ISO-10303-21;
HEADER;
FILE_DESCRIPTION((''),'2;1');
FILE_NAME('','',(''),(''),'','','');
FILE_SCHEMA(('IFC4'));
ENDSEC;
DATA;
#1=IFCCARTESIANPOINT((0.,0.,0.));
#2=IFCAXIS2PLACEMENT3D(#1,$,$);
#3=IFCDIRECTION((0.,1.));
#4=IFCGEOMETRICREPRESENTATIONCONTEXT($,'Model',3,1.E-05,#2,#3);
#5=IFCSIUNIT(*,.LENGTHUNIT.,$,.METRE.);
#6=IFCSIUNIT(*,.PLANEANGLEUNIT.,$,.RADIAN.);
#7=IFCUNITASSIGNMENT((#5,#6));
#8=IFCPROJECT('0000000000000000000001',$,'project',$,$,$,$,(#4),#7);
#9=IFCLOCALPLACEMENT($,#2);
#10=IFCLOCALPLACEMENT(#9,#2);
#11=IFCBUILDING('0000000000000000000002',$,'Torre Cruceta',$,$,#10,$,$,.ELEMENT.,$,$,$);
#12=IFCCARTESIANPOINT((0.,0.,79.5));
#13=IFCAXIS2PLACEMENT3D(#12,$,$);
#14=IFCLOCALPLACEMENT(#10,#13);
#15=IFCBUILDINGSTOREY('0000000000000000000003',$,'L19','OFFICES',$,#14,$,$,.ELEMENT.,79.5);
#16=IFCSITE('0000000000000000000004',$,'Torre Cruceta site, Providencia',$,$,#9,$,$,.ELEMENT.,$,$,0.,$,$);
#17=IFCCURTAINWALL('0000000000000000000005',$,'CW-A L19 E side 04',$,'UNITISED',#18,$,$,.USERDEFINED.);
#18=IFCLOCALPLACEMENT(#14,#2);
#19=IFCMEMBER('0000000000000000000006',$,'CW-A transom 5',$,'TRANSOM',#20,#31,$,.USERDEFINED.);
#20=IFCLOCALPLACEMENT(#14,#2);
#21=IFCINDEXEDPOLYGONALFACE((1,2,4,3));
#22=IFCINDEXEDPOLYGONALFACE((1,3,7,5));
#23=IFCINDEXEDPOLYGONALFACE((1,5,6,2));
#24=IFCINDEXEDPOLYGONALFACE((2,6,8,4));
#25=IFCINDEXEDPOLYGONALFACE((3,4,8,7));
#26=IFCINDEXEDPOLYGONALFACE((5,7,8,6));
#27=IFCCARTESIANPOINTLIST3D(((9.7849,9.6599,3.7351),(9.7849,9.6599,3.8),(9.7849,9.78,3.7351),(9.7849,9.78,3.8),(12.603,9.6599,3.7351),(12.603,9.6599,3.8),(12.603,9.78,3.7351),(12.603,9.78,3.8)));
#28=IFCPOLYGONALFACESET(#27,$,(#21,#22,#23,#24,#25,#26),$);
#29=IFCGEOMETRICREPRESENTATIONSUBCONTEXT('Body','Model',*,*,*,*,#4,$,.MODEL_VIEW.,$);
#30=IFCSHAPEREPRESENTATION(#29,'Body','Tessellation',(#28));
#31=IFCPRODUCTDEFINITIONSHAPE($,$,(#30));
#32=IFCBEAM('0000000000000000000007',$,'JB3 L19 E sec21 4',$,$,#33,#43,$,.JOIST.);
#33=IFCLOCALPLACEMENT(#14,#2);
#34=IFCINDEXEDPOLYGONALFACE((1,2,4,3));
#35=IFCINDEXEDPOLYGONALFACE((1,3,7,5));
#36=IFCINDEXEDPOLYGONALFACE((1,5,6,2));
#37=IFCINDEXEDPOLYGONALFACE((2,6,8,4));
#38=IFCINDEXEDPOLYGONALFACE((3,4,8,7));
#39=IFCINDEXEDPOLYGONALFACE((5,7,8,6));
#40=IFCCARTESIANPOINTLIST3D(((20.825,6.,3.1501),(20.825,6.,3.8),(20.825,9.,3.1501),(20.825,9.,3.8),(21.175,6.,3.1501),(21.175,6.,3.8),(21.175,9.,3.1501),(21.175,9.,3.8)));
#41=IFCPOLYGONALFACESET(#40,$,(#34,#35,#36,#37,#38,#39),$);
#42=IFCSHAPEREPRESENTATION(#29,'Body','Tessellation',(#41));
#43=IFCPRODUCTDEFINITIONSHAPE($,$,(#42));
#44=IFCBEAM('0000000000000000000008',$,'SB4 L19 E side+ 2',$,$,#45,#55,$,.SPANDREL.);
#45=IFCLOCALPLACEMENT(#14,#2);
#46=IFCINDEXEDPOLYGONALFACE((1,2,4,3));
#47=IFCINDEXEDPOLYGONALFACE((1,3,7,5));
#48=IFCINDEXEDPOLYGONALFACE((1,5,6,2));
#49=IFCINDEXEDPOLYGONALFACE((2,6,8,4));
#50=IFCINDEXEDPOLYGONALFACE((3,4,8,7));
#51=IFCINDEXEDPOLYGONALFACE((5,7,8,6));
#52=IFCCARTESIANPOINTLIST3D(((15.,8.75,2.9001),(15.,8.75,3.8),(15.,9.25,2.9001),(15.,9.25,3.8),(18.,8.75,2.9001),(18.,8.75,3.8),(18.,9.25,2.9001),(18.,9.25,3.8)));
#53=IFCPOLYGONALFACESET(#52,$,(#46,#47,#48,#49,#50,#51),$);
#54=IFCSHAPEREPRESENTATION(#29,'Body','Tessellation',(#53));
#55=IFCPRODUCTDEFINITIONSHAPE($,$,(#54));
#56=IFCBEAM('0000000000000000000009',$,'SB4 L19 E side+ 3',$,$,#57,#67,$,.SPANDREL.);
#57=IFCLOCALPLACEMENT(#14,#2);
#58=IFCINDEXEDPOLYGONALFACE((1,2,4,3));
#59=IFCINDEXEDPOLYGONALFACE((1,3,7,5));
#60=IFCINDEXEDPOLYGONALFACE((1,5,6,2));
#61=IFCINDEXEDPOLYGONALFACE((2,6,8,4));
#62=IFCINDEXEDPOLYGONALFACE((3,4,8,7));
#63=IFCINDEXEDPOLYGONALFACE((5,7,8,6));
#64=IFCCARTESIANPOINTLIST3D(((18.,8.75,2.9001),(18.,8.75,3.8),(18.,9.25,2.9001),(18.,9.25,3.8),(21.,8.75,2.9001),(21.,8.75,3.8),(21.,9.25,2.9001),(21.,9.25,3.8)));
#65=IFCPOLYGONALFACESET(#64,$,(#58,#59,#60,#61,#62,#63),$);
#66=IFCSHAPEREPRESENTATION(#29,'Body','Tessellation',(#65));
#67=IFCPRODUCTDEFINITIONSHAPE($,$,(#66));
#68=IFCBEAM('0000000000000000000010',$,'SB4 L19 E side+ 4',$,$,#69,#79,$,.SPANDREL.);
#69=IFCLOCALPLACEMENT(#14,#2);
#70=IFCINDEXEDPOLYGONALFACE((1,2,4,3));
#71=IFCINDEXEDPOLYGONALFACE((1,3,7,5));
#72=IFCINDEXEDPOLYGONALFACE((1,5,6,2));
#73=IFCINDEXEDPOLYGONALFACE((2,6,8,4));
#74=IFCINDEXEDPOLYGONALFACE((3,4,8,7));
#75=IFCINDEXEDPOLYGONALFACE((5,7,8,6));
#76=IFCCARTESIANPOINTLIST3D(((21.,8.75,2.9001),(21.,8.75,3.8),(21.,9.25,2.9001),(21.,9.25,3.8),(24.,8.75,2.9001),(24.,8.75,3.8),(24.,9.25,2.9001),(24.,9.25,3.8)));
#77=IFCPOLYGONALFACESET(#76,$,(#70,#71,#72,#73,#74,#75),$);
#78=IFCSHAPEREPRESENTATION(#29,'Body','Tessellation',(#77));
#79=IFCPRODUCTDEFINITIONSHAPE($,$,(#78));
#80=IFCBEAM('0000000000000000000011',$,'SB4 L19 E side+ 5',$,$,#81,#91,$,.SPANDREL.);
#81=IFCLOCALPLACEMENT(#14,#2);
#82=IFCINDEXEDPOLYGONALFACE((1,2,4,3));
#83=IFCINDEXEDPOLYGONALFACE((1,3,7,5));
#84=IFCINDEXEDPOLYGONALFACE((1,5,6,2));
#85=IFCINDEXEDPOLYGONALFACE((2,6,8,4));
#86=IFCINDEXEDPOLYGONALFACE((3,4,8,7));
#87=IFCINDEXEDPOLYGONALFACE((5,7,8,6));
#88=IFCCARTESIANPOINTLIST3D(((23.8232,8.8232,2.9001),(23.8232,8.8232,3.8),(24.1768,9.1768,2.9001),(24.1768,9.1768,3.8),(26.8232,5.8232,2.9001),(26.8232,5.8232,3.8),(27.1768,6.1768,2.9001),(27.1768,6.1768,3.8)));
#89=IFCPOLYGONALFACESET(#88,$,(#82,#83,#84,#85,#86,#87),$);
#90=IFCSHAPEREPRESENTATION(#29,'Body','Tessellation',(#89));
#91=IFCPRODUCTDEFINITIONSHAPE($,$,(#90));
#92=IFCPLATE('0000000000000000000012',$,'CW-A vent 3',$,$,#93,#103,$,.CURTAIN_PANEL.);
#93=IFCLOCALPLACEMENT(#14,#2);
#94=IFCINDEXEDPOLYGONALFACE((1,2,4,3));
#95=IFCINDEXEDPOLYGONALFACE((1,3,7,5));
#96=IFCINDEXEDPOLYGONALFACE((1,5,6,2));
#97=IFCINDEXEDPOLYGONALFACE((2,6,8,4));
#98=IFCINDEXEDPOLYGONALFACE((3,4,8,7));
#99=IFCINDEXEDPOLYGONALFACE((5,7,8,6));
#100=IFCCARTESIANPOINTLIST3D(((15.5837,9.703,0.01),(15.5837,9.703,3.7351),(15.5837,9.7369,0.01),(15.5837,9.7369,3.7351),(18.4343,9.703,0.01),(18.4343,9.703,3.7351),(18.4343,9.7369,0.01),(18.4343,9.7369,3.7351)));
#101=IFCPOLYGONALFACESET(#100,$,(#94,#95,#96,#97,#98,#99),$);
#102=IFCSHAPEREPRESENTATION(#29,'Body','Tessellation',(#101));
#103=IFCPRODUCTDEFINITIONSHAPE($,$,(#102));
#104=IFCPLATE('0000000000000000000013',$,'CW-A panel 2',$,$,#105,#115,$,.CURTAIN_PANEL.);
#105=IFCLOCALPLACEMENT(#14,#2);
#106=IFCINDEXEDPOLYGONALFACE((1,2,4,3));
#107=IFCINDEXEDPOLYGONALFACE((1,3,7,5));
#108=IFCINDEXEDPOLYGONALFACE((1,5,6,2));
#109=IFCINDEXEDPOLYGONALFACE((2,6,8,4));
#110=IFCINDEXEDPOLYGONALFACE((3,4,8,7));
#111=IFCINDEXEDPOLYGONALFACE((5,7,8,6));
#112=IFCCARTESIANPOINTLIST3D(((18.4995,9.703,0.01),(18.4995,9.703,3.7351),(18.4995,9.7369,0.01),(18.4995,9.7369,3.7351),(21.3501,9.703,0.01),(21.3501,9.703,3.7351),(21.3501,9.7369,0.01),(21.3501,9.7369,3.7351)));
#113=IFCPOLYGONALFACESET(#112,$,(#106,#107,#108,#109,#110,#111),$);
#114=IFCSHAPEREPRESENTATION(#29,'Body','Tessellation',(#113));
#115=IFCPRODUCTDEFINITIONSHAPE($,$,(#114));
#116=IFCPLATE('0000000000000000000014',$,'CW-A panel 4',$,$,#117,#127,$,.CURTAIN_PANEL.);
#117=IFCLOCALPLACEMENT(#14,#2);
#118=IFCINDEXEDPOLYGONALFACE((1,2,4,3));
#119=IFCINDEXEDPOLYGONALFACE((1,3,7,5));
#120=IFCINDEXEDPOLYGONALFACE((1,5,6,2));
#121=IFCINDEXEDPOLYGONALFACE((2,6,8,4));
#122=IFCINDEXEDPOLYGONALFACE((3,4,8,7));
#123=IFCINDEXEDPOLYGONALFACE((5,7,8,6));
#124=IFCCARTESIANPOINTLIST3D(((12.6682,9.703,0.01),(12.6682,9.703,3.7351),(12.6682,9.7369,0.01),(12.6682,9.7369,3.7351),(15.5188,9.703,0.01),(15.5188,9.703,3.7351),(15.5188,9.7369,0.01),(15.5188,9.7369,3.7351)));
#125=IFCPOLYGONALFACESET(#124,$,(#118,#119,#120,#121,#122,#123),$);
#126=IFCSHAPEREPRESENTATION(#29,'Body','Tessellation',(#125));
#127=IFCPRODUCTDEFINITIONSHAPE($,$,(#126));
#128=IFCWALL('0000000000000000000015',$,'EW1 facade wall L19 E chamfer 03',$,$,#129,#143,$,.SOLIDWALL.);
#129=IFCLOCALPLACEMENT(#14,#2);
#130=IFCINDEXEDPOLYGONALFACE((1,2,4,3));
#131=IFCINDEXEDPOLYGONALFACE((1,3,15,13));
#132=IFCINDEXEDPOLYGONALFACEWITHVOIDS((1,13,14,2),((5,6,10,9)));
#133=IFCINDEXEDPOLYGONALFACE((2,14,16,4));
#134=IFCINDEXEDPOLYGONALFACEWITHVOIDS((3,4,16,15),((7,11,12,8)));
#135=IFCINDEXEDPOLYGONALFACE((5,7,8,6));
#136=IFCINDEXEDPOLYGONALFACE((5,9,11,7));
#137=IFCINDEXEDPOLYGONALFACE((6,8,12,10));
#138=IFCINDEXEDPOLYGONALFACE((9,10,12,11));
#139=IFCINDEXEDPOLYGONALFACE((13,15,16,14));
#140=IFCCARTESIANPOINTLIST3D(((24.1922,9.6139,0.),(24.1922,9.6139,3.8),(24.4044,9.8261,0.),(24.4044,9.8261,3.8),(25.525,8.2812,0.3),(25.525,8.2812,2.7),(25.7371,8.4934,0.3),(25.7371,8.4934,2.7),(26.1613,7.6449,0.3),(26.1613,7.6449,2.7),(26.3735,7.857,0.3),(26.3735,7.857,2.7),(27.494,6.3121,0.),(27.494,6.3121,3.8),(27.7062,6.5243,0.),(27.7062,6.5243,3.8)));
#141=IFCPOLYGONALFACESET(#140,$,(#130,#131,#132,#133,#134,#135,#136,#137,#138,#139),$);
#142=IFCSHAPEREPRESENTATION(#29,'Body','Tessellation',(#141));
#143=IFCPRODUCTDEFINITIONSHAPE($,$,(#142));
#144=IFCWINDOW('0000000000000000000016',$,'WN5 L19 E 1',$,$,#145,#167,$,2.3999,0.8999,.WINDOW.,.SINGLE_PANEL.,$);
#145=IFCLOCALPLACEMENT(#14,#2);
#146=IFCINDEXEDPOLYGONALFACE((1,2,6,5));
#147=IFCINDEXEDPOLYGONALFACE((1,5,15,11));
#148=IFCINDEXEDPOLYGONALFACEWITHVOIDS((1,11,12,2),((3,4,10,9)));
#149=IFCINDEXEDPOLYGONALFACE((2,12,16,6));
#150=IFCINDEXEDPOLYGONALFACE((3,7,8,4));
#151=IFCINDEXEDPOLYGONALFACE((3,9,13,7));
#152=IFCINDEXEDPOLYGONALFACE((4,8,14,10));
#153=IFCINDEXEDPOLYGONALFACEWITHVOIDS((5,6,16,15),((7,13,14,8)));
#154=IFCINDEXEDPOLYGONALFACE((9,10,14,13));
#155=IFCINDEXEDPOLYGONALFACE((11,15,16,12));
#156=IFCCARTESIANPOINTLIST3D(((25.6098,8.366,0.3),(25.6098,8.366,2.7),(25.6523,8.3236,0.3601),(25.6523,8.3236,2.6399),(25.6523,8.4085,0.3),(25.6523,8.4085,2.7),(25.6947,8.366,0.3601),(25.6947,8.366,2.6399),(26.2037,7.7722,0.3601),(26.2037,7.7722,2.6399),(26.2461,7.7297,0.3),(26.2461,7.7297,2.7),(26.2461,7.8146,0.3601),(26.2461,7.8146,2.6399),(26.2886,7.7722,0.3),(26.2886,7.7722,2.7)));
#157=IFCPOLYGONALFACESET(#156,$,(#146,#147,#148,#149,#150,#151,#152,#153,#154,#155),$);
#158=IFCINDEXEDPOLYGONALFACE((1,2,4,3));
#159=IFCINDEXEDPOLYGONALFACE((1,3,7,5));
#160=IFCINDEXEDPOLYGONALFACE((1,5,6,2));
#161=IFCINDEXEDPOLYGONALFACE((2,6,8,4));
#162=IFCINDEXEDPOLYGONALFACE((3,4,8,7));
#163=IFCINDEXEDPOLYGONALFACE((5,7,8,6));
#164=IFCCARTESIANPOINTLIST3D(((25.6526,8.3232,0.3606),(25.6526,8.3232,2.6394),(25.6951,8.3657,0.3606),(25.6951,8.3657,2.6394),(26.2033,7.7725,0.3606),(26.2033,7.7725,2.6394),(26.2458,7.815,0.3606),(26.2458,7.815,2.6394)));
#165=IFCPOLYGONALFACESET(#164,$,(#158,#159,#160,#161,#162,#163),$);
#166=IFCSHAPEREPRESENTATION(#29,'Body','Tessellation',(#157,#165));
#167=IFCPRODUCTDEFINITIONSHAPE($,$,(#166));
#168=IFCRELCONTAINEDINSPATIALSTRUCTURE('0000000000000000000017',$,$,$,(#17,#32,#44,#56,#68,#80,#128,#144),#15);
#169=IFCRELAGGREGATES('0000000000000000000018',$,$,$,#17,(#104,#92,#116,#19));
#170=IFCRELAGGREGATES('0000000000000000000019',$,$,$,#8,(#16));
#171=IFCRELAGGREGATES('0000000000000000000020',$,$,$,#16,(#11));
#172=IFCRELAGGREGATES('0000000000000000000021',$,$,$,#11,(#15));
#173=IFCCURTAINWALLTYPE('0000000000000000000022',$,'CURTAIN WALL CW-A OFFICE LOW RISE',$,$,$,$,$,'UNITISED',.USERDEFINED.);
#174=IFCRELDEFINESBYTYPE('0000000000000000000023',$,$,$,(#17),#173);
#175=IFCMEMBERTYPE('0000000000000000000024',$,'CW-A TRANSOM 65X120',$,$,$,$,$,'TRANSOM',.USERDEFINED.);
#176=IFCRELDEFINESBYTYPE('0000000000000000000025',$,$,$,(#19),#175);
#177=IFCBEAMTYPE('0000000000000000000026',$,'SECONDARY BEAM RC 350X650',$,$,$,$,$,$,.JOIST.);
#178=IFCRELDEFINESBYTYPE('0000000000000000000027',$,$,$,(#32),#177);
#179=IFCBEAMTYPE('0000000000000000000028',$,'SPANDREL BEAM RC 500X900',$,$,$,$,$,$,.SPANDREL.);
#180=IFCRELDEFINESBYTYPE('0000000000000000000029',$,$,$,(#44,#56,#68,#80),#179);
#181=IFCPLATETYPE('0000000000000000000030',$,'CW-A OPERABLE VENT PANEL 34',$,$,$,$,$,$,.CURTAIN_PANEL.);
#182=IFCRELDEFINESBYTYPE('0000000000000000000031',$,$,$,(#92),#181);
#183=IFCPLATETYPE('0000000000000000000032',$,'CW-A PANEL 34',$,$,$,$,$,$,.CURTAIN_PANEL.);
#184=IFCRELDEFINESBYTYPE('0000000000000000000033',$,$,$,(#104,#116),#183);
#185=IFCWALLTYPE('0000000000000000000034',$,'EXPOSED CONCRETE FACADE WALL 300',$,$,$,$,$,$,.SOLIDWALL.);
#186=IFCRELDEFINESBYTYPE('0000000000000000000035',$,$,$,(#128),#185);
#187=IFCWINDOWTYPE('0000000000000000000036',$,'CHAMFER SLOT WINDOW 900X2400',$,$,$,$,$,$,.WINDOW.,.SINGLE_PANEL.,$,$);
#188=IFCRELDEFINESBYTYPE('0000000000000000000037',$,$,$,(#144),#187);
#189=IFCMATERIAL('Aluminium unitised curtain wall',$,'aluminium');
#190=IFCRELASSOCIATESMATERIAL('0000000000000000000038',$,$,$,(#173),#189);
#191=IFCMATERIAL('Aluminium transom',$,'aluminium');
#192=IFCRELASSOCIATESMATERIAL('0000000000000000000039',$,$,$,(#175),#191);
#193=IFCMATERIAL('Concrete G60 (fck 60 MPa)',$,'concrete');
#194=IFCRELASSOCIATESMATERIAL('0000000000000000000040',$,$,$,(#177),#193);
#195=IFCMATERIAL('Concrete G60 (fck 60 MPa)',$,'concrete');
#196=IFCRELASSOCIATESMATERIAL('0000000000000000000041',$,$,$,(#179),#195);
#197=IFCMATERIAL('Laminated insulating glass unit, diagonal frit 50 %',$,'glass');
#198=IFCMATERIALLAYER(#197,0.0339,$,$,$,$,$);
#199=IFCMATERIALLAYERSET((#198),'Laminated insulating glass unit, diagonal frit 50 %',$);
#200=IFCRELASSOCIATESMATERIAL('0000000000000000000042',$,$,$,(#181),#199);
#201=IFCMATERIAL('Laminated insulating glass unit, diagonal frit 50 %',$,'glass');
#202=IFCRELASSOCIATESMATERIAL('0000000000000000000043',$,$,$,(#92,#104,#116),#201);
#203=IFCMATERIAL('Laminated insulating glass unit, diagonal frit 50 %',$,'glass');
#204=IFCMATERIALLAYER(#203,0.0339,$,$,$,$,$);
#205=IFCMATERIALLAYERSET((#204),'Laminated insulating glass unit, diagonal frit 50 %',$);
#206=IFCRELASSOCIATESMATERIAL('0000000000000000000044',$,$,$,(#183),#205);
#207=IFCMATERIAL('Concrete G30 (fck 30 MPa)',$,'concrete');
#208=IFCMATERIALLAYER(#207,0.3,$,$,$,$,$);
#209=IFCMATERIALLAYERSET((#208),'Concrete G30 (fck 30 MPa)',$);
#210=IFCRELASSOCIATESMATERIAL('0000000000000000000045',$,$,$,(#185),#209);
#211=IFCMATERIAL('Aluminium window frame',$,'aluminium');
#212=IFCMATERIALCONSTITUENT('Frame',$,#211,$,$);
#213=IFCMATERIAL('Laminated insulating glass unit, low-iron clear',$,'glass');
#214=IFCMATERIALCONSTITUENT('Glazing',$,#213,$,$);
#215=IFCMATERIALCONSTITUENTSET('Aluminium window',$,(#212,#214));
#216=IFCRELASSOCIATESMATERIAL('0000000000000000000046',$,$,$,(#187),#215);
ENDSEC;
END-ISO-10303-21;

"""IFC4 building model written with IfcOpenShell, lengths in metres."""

from ifc_helpers import new_model, si_unit, direction, frame, frame_2d, origin, origin_2d, place, context, subcontext, project, spatial, rectangle, hollow_rectangle, extrude, material, layer, layer_set, constituent, constituent_set, material_profile, profile_set, type_object, element, fill, aggregate, save


model = new_model("IFC4")

# Units and contexts
model_context = context("Model", 3, precision=1e-05, world=origin(), true_north=direction((0.0, 1.0)))
body_context = subcontext(model_context, "Body", "Model", "MODEL_VIEW")
ifc_project = project(units=[si_unit("LENGTHUNIT", "METRE"), si_unit("PLANEANGLEUNIT", "RADIAN")], contexts=[model_context])

# Site, building, storey
site_placement = place(None, origin())
site = spatial("IfcSite", under=ifc_project, at=site_placement, Name="Torre Cruceta site, Providencia", CompositionType="ELEMENT", RefElevation=0.0)
building_placement = place(site_placement, origin())
building = spatial("IfcBuilding", under=site, at=building_placement, Name="Torre Cruceta", CompositionType="ELEMENT")
storey_placement = place(building_placement, frame((0.0, 0.0, 79.5)))
storey = spatial("IfcBuildingStorey", under=building, at=storey_placement, Name="L19", Description="OFFICES", CompositionType="ELEMENT", Elevation=79.5)

# Curtain wall, member
ifc_material_1 = material(Name="Aluminium unitised curtain wall", Category="aluminium")
curtain_wall_type = type_object("IfcCurtainWallType", Name="CURTAIN WALL CW-A OFFICE LOW RISE", ElementType="UNITISED", PredefinedType="USERDEFINED", material=ifc_material_1)
curtain_wall_placement = place(storey_placement, origin())
curtain_wall = element("IfcCurtainWall", 1, at=curtain_wall_placement, inside=storey, type_object=curtain_wall_type, Name="CW-A L19 E side 04", ObjectType="UNITISED", PredefinedType="USERDEFINED")
ifc_material_2 = material(Name="Aluminium transom", Category="aluminium")
ifc_material_profile_1 = material_profile(ifc_material_2, rectangle(XDim=0.1201, YDim=0.0649, at=origin_2d()), Name="AL 120X65")
ifc_profile_set_1 = profile_set([ifc_material_profile_1], Name="Aluminium transom")
member_type_1 = type_object("IfcMemberType", Name="CW-A TRANSOM 65X120", ElementType="TRANSOM", PredefinedType="USERDEFINED", material=ifc_profile_set_1)
member_1_placement = place(storey_placement, frame((12.603, 9.72, 3.7676), z_axis=(-1.0, 0.0, 0.0), x_axis=(0.0, -1.0, 0.0)))
member_1 = element("IfcMember", 2, at=member_1_placement, type_object=member_type_1, Name="CW-A transom 5", ObjectType="TRANSOM", PredefinedType="USERDEFINED", context=body_context, shape_type="SweptSolid", body=[
    extrude(rectangle(XDim=0.1201, YDim=0.0649, at=origin_2d()), origin(), (0.0, 0.0, 1.0), 2.8181),
])

# Beams
ifc_material_3 = material(Name="Concrete G60 (fck 60 MPa)", Category="concrete")
ifc_material_profile_2 = material_profile(ifc_material_3, rectangle(XDim=0.3501, YDim=0.6499, at=origin_2d()), Name="RC 350X650")
ifc_profile_set_2 = profile_set([ifc_material_profile_2], Name="Concrete G60 (fck 60 MPa)")
beam_type_1 = type_object("IfcBeamType", Name="SECONDARY BEAM RC 350X650", PredefinedType="JOIST", material=ifc_profile_set_2)
beam_1_placement = place(storey_placement, frame((21.0, 6.0, 3.4751), z_axis=(0.0, 1.0, 0.0), x_axis=(-1.0, 0.0, 0.0)))
element("IfcBeam", 3, at=beam_1_placement, inside=storey, type_object=beam_type_1, Name="JB3 L19 E sec21 4", PredefinedType="JOIST", context=body_context, shape_type="SweptSolid", body=[
    extrude(rectangle(XDim=0.3501, YDim=0.6499, at=origin_2d()), origin(), (0.0, 0.0, 1.0), 3.0),
])
ifc_material_4 = material(Name="Concrete G60 (fck 60 MPa)", Category="concrete")
ifc_material_profile_3 = material_profile(ifc_material_4, rectangle(XDim=0.5, YDim=0.8999, at=origin_2d()), Name="RC 500X900")
ifc_profile_set_3 = profile_set([ifc_material_profile_3], Name="Concrete G60 (fck 60 MPa)")
beam_type_2 = type_object("IfcBeamType", Name="SPANDREL BEAM RC 500X900", PredefinedType="SPANDREL", material=ifc_profile_set_3)
for number, where, z_axis, x_axis, name in (
    (4, (15.0, 9.0, 3.3501), (1.0, 0.0, 0.0), (0.0, 1.0, 0.0), "SB4 L19 E side+ 2"),
    (5, (18.0, 9.0, 3.3501), (1.0, 0.0, 0.0), (0.0, 1.0, 0.0), "SB4 L19 E side+ 3"),
    (6, (21.0, 9.0, 3.3501), (1.0, 0.0, 0.0), (0.0, 1.0, 0.0), "SB4 L19 E side+ 4"),
):
    element("IfcBeam", number, at=place(storey_placement, frame(where, z_axis=z_axis, x_axis=x_axis)), inside=storey, type_object=beam_type_2, Name=name, PredefinedType="SPANDREL", context=body_context, shape_type="SweptSolid", body=[
        extrude(rectangle(XDim=0.5, YDim=0.8999, at=origin_2d()), origin(), (0.0, 0.0, 1.0), 3.0),
    ])
beam_2_placement = place(storey_placement, frame((24.0, 9.0, 3.3501), z_axis=(0.707107, -0.707107, 0.0), x_axis=(0.707107, 0.707107, 0.0)))
element("IfcBeam", 7, at=beam_2_placement, inside=storey, type_object=beam_type_2, Name="SB4 L19 E side+ 5", PredefinedType="SPANDREL", context=body_context, shape_type="SweptSolid", body=[
    extrude(rectangle(XDim=0.5, YDim=0.8999, at=origin_2d()), origin(), (0.0, 0.0, 1.0), 4.2427),
])

# Plates
ifc_material_5 = material(Name="Laminated insulating glass unit, diagonal frit 50 %", Category="glass")
ifc_material_6 = material(Name="Laminated insulating glass unit, diagonal frit 50 %", Category="glass")
ifc_layer_1 = layer(ifc_material_6, 0.0339)
ifc_layer_set_1 = layer_set([ifc_layer_1], Name="Laminated insulating glass unit, diagonal frit 50 %")
plate_type_1 = type_object("IfcPlateType", Name="CW-A OPERABLE VENT PANEL 34", PredefinedType="CURTAIN_PANEL", material=ifc_layer_set_1)
plate_1_placement = place(storey_placement, frame((17.009, 9.72, 0.01), z_axis=(0.0, 0.0, 1.0), x_axis=(-1.0, 0.0, 0.0)))
plate_1 = element("IfcPlate", 8, at=plate_1_placement, type_object=plate_type_1, material=ifc_material_5, Name="CW-A vent 3", PredefinedType="CURTAIN_PANEL", context=body_context, shape_type="SweptSolid", body=[
    extrude(rectangle(XDim=2.8506, YDim=0.0339, at=origin_2d()), origin(), (0.0, 0.0, 1.0), 3.7251),
])
ifc_material_7 = material(Name="Laminated insulating glass unit, diagonal frit 50 %", Category="glass")
ifc_layer_2 = layer(ifc_material_7, 0.0339)
ifc_layer_set_2 = layer_set([ifc_layer_2], Name="Laminated insulating glass unit, diagonal frit 50 %")
plate_type_2 = type_object("IfcPlateType", Name="CW-A PANEL 34", PredefinedType="CURTAIN_PANEL", material=ifc_layer_set_2)
plate_2_placement = place(storey_placement, frame((19.9248, 9.72, 0.01), z_axis=(0.0, 0.0, 1.0), x_axis=(-1.0, 0.0, 0.0)))
plate_2 = element("IfcPlate", 9, at=plate_2_placement, type_object=plate_type_2, material=ifc_material_5, Name="CW-A panel 2", PredefinedType="CURTAIN_PANEL", context=body_context, shape_type="SweptSolid", body=[
    extrude(rectangle(XDim=2.8506, YDim=0.0339, at=origin_2d()), origin(), (0.0, 0.0, 1.0), 3.7251),
])
plate_3_placement = place(storey_placement, frame((14.0935, 9.72, 0.01), z_axis=(0.0, 0.0, 1.0), x_axis=(-1.0, 0.0, 0.0)))
plate_3 = element("IfcPlate", 10, at=plate_3_placement, type_object=plate_type_2, material=ifc_material_5, Name="CW-A panel 4", PredefinedType="CURTAIN_PANEL", context=body_context, shape_type="SweptSolid", body=[
    extrude(rectangle(XDim=2.8506, YDim=0.0339, at=origin_2d()), origin(), (0.0, 0.0, 1.0), 3.7251),
])
aggregate(curtain_wall, [plate_2, plate_1, plate_3, member_1])

# Wall, opening, window
ifc_material_8 = material(Name="Concrete G30 (fck 30 MPa)", Category="concrete")
ifc_layer_3 = layer(ifc_material_8, 0.3)
ifc_layer_set_3 = layer_set([ifc_layer_3], Name="Concrete G30 (fck 30 MPa)")
wall_type_1 = type_object("IfcWallType", Name="EXPOSED CONCRETE FACADE WALL 300", PredefinedType="SOLIDWALL", material=ifc_layer_set_3)
wall_1_placement = place(storey_placement, frame((27.6001, 6.4182, 0.0), z_axis=(0.0, 0.0, 1.0), x_axis=(-0.707107, 0.707107, 0.0)))
wall_1 = element("IfcWall", 11, at=wall_1_placement, inside=storey, type_object=wall_type_1, Name="EW1 facade wall L19 E chamfer 03", PredefinedType="SOLIDWALL", context=body_context, shape_type="SweptSolid", body=[
    extrude(rectangle(XDim=4.6694, YDim=0.3, at=frame_2d((2.3347, 0.0))), origin(), (0.0, 0.0, 1.0), 3.8),
])
opening_1_placement = place(wall_1_placement, frame((1.8848, 0.0, 0.3)))
opening_1 = element("IfcOpeningElement", 12, at=opening_1_placement, cuts=wall_1, PredefinedType="OPENING", context=body_context, shape_type="SweptSolid", body=[
    extrude(rectangle(XDim=0.8999, YDim=2.3999, at=frame_2d((0.45, 1.2))), frame((0.0, 0.1599, 0.0), z_axis=(0.0, -1.0, 0.0), x_axis=(1.0, 0.0, 0.0)), (0.0, 0.0, 1.0), 0.3201),
])
ifc_material_9 = material(Name="Aluminium window frame", Category="aluminium")
ifc_constituent_1 = constituent(ifc_material_9, Name="Frame")
ifc_material_10 = material(Name="Laminated insulating glass unit, low-iron clear", Category="glass")
ifc_constituent_2 = constituent(ifc_material_10, Name="Glazing")
ifc_constituent_set_1 = constituent_set(constituents=[ifc_constituent_1, ifc_constituent_2], Name="Aluminium window")
window_type = type_object("IfcWindowType", Name="CHAMFER SLOT WINDOW 900X2400", PartitioningType="SINGLE_PANEL", PredefinedType="WINDOW", material=ifc_constituent_set_1)
window_placement = place(opening_1_placement, origin())
window = element("IfcWindow", 13, at=window_placement, inside=storey, type_object=window_type, Name="WN5 L19 E 1", OverallHeight=2.3999, OverallWidth=0.8999, PartitioningType="SINGLE_PANEL", PredefinedType="WINDOW", context=body_context, shape_type="SweptSolid", body=[
    extrude(hollow_rectangle(XDim=0.8999, YDim=2.3999, WallThickness=0.0601, at=frame_2d((0.45, 1.2))), frame((0.0, 0.03, 0.0), z_axis=(0.0, -1.0, 0.0), x_axis=(1.0, 0.0, 0.0)), (0.0, 0.0, 1.0), 0.0601),
    extrude(rectangle(XDim=0.7788, YDim=2.2788, at=frame_2d((0.45, 1.2))), frame((0.0, 0.03, 0.0), z_axis=(0.0, -1.0, 0.0), x_axis=(1.0, 0.0, 0.0)), (0.0, 0.0, 1.0), 0.0601),
])
fill(opening_1, window)

save(model, "model.ifc")
